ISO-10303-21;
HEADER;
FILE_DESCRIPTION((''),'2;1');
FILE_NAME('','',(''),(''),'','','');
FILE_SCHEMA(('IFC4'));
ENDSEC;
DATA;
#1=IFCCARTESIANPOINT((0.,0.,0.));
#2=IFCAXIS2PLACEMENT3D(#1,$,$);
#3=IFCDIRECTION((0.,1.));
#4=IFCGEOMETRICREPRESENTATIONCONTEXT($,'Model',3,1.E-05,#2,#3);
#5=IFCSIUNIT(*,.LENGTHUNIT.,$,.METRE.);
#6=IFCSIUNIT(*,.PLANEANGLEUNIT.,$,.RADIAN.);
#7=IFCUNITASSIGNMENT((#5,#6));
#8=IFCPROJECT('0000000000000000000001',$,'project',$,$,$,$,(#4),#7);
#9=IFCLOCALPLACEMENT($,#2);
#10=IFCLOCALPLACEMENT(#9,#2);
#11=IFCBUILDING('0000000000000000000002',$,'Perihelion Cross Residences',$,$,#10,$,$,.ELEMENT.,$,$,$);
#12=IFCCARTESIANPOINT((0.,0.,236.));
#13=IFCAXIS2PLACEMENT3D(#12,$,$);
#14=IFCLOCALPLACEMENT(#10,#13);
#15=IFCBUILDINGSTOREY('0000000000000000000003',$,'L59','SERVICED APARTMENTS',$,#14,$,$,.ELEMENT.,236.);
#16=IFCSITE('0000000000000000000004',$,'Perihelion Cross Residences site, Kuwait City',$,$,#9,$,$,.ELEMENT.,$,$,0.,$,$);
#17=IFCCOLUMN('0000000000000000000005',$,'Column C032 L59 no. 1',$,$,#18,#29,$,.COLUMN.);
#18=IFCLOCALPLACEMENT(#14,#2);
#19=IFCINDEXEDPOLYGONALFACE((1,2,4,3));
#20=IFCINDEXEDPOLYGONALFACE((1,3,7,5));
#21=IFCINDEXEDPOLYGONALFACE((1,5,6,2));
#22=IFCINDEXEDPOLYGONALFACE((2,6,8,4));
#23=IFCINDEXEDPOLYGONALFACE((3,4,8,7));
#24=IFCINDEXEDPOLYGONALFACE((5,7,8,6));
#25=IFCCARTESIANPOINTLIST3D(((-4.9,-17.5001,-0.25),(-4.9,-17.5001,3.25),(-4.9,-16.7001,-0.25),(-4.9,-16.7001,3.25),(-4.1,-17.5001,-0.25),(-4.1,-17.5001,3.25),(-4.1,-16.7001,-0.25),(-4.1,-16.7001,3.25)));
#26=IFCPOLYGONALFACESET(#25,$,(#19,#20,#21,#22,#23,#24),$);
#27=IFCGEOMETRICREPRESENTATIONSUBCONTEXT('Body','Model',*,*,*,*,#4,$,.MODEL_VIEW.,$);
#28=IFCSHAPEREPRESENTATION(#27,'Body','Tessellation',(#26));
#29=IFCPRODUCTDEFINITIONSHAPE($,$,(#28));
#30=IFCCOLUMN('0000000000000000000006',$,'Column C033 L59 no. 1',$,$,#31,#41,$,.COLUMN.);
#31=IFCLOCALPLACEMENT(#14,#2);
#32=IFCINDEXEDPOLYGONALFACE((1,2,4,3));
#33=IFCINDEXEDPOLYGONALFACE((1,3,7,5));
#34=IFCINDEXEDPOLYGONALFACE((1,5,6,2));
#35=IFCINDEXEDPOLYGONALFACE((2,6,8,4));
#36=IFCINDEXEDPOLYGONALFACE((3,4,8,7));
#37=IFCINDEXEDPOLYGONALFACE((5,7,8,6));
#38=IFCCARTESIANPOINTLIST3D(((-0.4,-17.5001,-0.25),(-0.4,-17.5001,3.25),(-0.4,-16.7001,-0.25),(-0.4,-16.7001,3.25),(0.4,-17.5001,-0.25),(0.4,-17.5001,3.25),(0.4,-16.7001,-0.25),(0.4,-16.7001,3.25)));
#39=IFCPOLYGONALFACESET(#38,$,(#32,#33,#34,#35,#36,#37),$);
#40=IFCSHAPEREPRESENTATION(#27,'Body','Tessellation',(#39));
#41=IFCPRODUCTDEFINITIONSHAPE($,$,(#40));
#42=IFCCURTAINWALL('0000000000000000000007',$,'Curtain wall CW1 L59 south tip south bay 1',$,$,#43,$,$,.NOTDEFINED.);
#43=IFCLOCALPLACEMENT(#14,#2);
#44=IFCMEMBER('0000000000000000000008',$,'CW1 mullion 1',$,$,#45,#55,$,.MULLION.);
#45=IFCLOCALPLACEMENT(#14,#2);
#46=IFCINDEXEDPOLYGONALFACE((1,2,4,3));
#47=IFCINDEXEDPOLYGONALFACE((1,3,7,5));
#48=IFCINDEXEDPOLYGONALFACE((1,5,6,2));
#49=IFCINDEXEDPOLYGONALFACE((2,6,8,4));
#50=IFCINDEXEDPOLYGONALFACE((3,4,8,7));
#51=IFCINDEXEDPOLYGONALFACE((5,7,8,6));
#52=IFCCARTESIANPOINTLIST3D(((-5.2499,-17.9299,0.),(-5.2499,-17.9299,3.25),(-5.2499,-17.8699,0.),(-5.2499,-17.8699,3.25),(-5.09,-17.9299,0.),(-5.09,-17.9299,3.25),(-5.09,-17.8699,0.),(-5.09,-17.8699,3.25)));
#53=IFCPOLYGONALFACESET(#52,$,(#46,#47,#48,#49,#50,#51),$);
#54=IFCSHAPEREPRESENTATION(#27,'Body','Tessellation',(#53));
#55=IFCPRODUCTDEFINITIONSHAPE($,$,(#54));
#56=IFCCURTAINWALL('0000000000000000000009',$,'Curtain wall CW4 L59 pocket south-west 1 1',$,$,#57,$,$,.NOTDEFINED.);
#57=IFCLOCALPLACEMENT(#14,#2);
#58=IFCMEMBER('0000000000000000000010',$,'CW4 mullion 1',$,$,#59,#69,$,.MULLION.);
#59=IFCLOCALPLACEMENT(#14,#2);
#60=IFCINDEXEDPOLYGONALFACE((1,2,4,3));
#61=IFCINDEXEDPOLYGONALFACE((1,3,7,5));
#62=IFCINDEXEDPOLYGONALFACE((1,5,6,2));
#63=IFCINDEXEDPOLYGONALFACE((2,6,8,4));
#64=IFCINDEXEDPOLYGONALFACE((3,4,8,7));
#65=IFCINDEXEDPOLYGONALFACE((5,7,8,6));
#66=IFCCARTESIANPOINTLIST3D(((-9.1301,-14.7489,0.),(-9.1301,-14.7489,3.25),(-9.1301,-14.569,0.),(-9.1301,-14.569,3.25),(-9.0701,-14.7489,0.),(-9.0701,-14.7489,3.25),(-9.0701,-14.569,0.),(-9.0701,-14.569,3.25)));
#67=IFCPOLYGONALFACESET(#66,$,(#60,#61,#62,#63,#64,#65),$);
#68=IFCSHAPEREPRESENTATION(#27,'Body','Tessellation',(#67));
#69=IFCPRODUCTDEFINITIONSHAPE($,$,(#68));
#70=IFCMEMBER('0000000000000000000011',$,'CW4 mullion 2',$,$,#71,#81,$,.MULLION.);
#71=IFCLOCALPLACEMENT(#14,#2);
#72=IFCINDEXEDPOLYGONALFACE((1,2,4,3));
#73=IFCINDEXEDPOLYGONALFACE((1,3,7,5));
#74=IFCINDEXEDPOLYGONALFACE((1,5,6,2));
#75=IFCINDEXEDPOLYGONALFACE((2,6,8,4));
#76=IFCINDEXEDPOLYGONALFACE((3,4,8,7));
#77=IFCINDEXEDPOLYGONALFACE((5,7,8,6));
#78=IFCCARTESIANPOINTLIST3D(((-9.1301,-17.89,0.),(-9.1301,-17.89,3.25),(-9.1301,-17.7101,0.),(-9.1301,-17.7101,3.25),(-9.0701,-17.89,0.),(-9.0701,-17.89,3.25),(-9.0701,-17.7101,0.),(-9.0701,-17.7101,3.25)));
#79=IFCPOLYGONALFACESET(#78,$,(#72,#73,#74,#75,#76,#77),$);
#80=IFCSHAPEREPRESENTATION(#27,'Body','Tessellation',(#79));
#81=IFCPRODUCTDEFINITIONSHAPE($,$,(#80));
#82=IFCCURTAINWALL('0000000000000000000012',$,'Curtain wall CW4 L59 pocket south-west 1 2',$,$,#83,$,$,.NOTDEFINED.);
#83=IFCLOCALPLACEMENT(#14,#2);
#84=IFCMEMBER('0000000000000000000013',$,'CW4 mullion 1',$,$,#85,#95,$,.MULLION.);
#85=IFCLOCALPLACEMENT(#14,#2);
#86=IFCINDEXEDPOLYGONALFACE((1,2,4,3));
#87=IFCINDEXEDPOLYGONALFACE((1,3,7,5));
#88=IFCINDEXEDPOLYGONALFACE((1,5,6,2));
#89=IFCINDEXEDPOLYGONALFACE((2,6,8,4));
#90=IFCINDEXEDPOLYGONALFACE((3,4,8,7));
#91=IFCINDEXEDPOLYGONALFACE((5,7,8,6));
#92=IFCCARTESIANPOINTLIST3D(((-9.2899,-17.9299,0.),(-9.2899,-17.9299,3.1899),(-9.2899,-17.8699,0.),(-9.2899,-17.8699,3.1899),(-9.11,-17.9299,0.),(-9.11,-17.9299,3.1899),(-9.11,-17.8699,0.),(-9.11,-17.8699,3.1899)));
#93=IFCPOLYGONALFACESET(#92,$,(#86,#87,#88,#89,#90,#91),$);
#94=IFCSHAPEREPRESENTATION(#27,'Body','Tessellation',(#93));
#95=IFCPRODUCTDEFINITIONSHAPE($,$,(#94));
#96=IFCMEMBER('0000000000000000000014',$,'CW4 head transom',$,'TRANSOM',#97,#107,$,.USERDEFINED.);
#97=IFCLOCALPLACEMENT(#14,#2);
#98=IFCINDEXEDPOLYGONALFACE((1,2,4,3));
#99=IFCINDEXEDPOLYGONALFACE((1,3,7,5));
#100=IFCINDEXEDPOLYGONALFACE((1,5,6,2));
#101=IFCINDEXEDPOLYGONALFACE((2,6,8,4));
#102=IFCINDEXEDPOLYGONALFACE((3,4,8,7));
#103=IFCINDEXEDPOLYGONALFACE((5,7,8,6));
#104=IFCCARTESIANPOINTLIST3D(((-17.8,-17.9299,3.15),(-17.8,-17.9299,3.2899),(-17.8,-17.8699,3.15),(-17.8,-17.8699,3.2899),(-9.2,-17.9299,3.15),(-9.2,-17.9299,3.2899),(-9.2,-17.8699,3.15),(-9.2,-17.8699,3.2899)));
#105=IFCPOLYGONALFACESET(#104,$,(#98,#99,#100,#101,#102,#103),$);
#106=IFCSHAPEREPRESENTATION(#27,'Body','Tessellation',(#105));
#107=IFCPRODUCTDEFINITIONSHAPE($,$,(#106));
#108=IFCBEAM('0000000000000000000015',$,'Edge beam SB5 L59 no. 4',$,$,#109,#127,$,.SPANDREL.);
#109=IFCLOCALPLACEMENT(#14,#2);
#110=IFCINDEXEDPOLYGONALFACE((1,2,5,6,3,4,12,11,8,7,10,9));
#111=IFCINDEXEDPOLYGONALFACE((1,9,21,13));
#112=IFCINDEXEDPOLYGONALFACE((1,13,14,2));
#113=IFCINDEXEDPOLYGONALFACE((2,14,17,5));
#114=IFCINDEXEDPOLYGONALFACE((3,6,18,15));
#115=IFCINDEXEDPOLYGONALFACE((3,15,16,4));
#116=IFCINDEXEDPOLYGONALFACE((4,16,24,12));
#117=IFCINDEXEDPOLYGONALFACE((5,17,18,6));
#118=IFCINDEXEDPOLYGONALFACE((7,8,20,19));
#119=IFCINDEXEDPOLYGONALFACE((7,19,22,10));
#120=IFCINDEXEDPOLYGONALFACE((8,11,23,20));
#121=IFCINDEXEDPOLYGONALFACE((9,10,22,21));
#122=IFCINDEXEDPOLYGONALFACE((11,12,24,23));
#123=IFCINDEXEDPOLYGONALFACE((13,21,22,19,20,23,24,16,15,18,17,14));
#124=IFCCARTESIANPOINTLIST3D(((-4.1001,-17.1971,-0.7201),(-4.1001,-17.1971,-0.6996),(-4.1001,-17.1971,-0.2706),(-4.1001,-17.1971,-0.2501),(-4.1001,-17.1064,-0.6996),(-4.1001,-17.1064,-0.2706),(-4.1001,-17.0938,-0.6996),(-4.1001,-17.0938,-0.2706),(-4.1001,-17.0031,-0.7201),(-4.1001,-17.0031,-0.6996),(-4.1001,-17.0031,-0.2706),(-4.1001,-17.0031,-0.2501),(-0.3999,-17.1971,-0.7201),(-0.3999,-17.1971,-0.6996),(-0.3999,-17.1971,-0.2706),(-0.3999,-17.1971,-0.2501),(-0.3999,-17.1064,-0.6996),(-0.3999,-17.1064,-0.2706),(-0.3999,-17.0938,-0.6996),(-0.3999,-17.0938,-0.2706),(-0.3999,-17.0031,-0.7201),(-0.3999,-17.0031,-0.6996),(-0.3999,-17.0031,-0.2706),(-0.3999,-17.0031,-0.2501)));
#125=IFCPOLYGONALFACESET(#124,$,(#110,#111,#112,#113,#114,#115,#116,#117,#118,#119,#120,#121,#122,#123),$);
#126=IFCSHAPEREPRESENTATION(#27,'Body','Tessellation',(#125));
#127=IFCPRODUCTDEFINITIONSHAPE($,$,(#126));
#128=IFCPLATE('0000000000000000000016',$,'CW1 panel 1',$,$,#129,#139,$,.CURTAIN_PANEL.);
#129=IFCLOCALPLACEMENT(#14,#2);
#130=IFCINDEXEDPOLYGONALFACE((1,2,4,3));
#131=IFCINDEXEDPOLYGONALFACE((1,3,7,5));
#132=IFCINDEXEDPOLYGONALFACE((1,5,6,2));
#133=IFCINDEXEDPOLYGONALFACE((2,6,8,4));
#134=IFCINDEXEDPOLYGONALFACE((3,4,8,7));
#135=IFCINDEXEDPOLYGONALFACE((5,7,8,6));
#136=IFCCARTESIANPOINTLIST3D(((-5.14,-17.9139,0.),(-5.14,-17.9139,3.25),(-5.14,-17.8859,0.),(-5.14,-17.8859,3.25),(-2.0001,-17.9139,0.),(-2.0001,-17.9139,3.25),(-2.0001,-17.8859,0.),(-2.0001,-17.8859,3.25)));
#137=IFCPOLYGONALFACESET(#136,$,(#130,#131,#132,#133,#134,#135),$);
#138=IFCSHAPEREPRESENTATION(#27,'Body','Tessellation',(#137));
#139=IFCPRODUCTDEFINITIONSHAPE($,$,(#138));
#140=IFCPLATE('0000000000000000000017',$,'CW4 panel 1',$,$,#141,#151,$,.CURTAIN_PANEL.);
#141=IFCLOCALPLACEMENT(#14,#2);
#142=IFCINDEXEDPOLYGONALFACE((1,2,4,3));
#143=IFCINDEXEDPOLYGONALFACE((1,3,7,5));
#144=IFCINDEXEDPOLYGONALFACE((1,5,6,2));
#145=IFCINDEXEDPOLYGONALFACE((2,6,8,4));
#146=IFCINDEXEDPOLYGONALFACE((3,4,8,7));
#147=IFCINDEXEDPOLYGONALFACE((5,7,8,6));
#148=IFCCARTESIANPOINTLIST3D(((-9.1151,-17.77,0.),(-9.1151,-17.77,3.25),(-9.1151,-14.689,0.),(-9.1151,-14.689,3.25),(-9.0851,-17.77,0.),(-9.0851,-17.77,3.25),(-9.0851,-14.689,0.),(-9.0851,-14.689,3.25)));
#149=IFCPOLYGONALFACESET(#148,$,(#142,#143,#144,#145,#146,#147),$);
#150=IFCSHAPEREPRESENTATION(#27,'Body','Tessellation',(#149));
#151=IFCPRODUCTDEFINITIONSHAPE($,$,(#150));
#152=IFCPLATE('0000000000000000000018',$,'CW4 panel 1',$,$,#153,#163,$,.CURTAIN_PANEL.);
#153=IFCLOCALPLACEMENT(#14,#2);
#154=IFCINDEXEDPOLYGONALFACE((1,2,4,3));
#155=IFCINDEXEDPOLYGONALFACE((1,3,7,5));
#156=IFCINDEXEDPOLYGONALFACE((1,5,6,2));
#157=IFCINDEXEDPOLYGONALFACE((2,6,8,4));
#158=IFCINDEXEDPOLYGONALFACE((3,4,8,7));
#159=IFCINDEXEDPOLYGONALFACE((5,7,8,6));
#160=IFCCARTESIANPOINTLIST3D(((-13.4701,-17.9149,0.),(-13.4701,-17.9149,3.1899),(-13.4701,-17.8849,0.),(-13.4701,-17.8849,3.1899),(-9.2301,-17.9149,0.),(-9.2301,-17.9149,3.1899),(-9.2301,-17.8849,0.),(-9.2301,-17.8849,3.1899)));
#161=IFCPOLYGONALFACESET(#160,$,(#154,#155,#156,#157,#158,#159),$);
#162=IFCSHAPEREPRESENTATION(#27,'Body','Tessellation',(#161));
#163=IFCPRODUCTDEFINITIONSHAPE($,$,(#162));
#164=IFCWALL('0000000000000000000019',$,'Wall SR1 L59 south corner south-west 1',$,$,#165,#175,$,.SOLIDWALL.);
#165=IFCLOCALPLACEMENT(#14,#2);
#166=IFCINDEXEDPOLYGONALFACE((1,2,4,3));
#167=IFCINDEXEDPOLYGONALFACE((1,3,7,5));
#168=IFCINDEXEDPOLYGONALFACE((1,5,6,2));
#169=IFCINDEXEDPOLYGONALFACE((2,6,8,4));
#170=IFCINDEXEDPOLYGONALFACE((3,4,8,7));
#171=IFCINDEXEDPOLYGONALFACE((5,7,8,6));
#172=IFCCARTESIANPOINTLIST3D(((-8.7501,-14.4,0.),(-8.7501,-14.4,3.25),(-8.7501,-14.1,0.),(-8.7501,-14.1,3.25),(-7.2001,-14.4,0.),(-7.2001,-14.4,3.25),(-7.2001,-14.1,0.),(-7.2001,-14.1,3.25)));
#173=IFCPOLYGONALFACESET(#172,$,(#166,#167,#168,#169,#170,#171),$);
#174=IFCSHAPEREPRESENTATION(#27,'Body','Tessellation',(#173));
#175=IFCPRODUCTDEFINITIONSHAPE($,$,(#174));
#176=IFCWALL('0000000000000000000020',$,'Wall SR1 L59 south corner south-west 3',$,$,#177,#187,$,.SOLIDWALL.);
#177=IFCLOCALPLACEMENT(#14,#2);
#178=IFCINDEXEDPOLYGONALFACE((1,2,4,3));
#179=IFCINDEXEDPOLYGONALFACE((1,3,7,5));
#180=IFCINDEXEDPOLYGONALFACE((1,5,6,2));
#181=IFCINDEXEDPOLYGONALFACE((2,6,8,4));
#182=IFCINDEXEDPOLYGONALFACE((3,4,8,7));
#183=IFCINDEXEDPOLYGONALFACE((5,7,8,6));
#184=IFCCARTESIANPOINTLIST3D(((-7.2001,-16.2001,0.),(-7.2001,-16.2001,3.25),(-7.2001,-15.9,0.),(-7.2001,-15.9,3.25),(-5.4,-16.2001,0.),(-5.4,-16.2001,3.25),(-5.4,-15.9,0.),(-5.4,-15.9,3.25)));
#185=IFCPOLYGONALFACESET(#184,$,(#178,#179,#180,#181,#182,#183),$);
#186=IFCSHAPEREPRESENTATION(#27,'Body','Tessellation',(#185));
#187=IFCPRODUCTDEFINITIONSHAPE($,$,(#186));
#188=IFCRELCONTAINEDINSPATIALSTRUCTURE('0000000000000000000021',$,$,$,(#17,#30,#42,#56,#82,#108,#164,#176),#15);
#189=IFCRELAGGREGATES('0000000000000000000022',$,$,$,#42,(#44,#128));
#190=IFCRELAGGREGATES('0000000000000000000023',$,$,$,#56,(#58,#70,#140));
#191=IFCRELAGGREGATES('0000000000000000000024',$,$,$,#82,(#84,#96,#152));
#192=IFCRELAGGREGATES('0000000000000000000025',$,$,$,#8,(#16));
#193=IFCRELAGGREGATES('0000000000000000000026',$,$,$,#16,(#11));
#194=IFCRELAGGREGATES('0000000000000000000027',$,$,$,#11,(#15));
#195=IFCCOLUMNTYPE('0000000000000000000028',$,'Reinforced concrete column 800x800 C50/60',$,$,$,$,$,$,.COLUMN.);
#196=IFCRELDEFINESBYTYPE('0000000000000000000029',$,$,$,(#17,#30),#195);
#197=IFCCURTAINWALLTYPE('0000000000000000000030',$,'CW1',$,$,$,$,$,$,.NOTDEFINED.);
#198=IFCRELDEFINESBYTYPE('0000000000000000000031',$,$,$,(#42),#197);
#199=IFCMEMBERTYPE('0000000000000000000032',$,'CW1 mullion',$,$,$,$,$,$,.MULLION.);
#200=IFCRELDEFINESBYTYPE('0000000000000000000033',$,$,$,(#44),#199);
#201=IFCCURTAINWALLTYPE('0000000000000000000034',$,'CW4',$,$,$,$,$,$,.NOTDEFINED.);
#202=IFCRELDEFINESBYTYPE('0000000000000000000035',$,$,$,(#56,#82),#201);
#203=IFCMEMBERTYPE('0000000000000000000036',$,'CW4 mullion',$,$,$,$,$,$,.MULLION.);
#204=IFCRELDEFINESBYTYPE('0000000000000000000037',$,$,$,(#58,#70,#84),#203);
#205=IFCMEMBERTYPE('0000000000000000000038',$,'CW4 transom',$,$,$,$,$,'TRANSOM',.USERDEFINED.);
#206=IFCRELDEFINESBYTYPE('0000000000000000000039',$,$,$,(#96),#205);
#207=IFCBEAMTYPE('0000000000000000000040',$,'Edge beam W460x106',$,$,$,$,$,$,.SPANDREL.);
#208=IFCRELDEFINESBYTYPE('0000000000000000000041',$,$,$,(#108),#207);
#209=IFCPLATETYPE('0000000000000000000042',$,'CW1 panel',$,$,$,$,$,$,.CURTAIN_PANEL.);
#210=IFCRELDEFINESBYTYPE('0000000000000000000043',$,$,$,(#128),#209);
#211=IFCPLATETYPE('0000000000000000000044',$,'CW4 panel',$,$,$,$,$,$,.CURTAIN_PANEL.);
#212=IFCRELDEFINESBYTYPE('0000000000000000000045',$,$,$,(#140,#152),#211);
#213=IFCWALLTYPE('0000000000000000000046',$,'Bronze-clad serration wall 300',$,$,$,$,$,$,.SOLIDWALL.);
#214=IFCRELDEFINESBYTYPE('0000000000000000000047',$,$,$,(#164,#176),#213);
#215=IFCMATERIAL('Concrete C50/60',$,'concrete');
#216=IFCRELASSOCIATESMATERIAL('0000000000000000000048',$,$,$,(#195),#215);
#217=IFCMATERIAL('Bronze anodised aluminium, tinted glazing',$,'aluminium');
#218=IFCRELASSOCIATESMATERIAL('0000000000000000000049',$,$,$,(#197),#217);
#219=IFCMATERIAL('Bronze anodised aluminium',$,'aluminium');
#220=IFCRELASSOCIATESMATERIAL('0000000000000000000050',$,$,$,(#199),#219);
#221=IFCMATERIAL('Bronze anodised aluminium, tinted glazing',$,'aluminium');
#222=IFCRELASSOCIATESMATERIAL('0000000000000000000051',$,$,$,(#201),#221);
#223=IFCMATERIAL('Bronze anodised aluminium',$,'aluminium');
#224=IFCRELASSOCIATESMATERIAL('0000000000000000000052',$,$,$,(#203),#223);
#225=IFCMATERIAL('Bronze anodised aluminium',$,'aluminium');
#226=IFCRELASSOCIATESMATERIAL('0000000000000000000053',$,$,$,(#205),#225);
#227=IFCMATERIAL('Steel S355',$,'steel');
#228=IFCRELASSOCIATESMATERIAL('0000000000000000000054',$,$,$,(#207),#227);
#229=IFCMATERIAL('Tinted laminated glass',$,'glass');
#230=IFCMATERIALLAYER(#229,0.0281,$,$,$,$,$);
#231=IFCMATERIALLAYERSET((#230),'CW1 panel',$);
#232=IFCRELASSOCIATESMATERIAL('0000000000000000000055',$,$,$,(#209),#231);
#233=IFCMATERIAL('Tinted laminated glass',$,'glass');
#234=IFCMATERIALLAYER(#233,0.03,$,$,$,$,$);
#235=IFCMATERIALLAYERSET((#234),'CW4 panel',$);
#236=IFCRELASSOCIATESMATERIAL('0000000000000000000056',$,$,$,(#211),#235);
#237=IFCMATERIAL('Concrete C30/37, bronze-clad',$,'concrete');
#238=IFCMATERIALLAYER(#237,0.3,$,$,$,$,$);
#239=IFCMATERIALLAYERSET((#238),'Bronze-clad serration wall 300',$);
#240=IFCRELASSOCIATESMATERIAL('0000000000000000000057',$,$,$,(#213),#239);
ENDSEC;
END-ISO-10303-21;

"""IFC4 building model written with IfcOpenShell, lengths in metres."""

from ifc_helpers import new_model, si_unit, direction, frame, frame_2d, origin, origin_2d, place, context, subcontext, project, spatial, rectangle, i_section, extrude, material, layer, layer_set, material_profile, profile_set, type_object, element, aggregate, save


model = new_model("IFC4")

# Units and contexts
model_context = context("Model", 3, precision=1e-05, world=origin(), true_north=direction((0.0, 1.0)))
body_context = subcontext(model_context, "Body", "Model", "MODEL_VIEW")
ifc_project = project(units=[si_unit("LENGTHUNIT", "METRE"), si_unit("PLANEANGLEUNIT", "RADIAN")], contexts=[model_context])

# Site, building, storey
site_placement = place(None, origin())
site = spatial("IfcSite", under=ifc_project, at=site_placement, Name="Perihelion Cross Residences site, Kuwait City", CompositionType="ELEMENT", RefElevation=0.0)
building_placement = place(site_placement, origin())
building = spatial("IfcBuilding", under=site, at=building_placement, Name="Perihelion Cross Residences", CompositionType="ELEMENT")
storey_placement = place(building_placement, frame((0.0, 0.0, 236.0)))
storey = spatial("IfcBuildingStorey", under=building, at=storey_placement, Name="L59", Description="SERVICED APARTMENTS", CompositionType="ELEMENT", Elevation=236.0)

# Columns
ifc_material_1 = material(Name="Concrete C50/60", Category="concrete")
ifc_material_profile_1 = material_profile(ifc_material_1, rectangle(XDim=0.8, YDim=0.8, at=origin_2d()), Name="RC 800x800")
ifc_profile_set_1 = profile_set([ifc_material_profile_1], Name="Concrete C50/60")
column_type = type_object("IfcColumnType", Name="Reinforced concrete column 800x800 C50/60", PredefinedType="COLUMN", material=ifc_profile_set_1)
for number, where, z_axis, x_axis, name in (
    (1, (-4.5, -17.1001, -0.25), (0.0, 0.0, 1.0), (1.0, 0.0, 0.0), "Column C032 L59 no. 1"),
    (2, (0.0, -17.1001, -0.25), (0.0, 0.0, 1.0), (1.0, 0.0, 0.0), "Column C033 L59 no. 1"),
):
    element("IfcColumn", number, at=place(storey_placement, frame(where, z_axis=z_axis, x_axis=x_axis)), inside=storey, type_object=column_type, Name=name, PredefinedType="COLUMN", context=body_context, shape_type="SweptSolid", body=[
        extrude(rectangle(XDim=0.8, YDim=0.8, at=origin_2d()), origin(), (0.0, 0.0, 1.0), 3.5),
    ])

# Curtain wall, member
ifc_material_2 = material(Name="Bronze anodised aluminium, tinted glazing", Category="aluminium")
curtain_wall_type_1 = type_object("IfcCurtainWallType", Name="CW1", PredefinedType="NOTDEFINED", material=ifc_material_2)
curtain_wall_1_placement = place(storey_placement, origin())
curtain_wall_1 = element("IfcCurtainWall", 3, at=curtain_wall_1_placement, inside=storey, type_object=curtain_wall_type_1, Name="Curtain wall CW1 L59 south tip south bay 1", PredefinedType="NOTDEFINED")
ifc_material_3 = material(Name="Bronze anodised aluminium", Category="aluminium")
ifc_material_profile_2 = material_profile(ifc_material_3, rectangle(XDim=0.0601, YDim=0.1599, at=origin_2d()), Name="CW1 mullion")
ifc_profile_set_2 = profile_set([ifc_material_profile_2], Name="Bronze anodised aluminium")
member_type_1 = type_object("IfcMemberType", Name="CW1 mullion", PredefinedType="MULLION", material=ifc_profile_set_2)
member_1_placement = place(storey_placement, frame((-5.1699, -17.8999, 0.0), z_axis=(0.0, 0.0, 1.0), x_axis=(0.0, 1.0, 0.0)))
member_1 = element("IfcMember", 4, at=member_1_placement, type_object=member_type_1, Name="CW1 mullion 1", PredefinedType="MULLION", context=body_context, shape_type="SweptSolid", body=[
    extrude(rectangle(XDim=0.0601, YDim=0.1599, at=origin_2d()), origin(), (0.0, 0.0, 1.0), 3.25),
])

# Curtain walls, members
ifc_material_4 = material(Name="Bronze anodised aluminium, tinted glazing", Category="aluminium")
curtain_wall_type_2 = type_object("IfcCurtainWallType", Name="CW4", PredefinedType="NOTDEFINED", material=ifc_material_4)
curtain_wall_2_placement = place(storey_placement, origin())
curtain_wall_2 = element("IfcCurtainWall", 5, at=curtain_wall_2_placement, inside=storey, type_object=curtain_wall_type_2, Name="Curtain wall CW4 L59 pocket south-west 1 1", PredefinedType="NOTDEFINED")
ifc_material_5 = material(Name="Bronze anodised aluminium", Category="aluminium")
ifc_material_profile_3 = material_profile(ifc_material_5, rectangle(XDim=0.0601, YDim=0.1799, at=origin_2d()), Name="CW4 mullion")
ifc_profile_set_3 = profile_set([ifc_material_profile_3], Name="Bronze anodised aluminium")
member_type_2 = type_object("IfcMemberType", Name="CW4 mullion", PredefinedType="MULLION", material=ifc_profile_set_3)
member_2_placement = place(storey_placement, frame((-9.1001, -14.6589, 0.0), z_axis=(0.0, 0.0, 1.0), x_axis=(1.0, 0.0, 0.0)))
member_2 = element("IfcMember", 6, at=member_2_placement, type_object=member_type_2, Name="CW4 mullion 1", PredefinedType="MULLION", context=body_context, shape_type="SweptSolid", body=[
    extrude(rectangle(XDim=0.0601, YDim=0.1799, at=origin_2d()), origin(), (0.0, 0.0, 1.0), 3.25),
])
member_3_placement = place(storey_placement, frame((-9.1001, -17.8, 0.0), z_axis=(0.0, 0.0, 1.0), x_axis=(1.0, 0.0, 0.0)))
member_3 = element("IfcMember", 7, at=member_3_placement, type_object=member_type_2, Name="CW4 mullion 2", PredefinedType="MULLION", context=body_context, shape_type="SweptSolid", body=[
    extrude(rectangle(XDim=0.0601, YDim=0.1799, at=origin_2d()), origin(), (0.0, 0.0, 1.0), 3.25),
])
curtain_wall_3_placement = place(storey_placement, origin())
curtain_wall_3 = element("IfcCurtainWall", 8, at=curtain_wall_3_placement, inside=storey, type_object=curtain_wall_type_2, Name="Curtain wall CW4 L59 pocket south-west 1 2", PredefinedType="NOTDEFINED")
member_4_placement = place(storey_placement, frame((-9.2, -17.8999, 0.0), z_axis=(0.0, 0.0, 1.0), x_axis=(0.0, -1.0, 0.0)))
member_4 = element("IfcMember", 9, at=member_4_placement, type_object=member_type_2, Name="CW4 mullion 1", PredefinedType="MULLION", context=body_context, shape_type="SweptSolid", body=[
    extrude(rectangle(XDim=0.0601, YDim=0.1799, at=origin_2d()), origin(), (0.0, 0.0, 1.0), 3.1899),
])
ifc_material_6 = material(Name="Bronze anodised aluminium", Category="aluminium")
ifc_material_profile_4 = material_profile(ifc_material_6, rectangle(XDim=0.0601, YDim=0.1399, at=origin_2d()), Name="CW4 transom")
ifc_profile_set_4 = profile_set([ifc_material_profile_4], Name="Bronze anodised aluminium")
member_type_3 = type_object("IfcMemberType", Name="CW4 transom", ElementType="TRANSOM", PredefinedType="USERDEFINED", material=ifc_profile_set_4)
member_5_placement = place(storey_placement, frame((-9.2, -17.8999, 3.22), z_axis=(-1.0, 0.0, 0.0), x_axis=(0.0, -1.0, 0.0)))
member_5 = element("IfcMember", 10, at=member_5_placement, type_object=member_type_3, Name="CW4 head transom", ObjectType="TRANSOM", PredefinedType="USERDEFINED", context=body_context, shape_type="SweptSolid", body=[
    extrude(rectangle(XDim=0.0601, YDim=0.1399, at=origin_2d()), origin(), (0.0, 0.0, 1.0), 8.6001),
])

# Beam
ifc_material_7 = material(Name="Steel S355", Category="steel")
ifc_material_profile_5 = material_profile(ifc_material_7, i_section(OverallWidth=0.1941, OverallDepth=0.47, WebThickness=0.0127, FlangeThickness=0.0205, at=origin_2d()), Name="W460x106")
ifc_profile_set_5 = profile_set([ifc_material_profile_5], Name="Steel S355")
beam_type = type_object("IfcBeamType", Name="Edge beam W460x106", PredefinedType="SPANDREL", material=ifc_profile_set_5)
beam_placement = place(storey_placement, frame((-4.1001, -17.1001, -0.4851), z_axis=(1.0, 0.0, 0.0), x_axis=(0.0, 1.0, 0.0)))
element("IfcBeam", 11, at=beam_placement, inside=storey, type_object=beam_type, Name="Edge beam SB5 L59 no. 4", PredefinedType="SPANDREL", context=body_context, shape_type="SweptSolid", body=[
    extrude(i_section(OverallWidth=0.1941, OverallDepth=0.47, WebThickness=0.0127, FlangeThickness=0.0205, at=origin_2d()), origin(), (0.0, 0.0, 1.0), 3.7002),
])

# Plates
ifc_material_8 = material(Name="Tinted laminated glass", Category="glass")
ifc_layer_1 = layer(ifc_material_8, 0.0281)
ifc_layer_set_1 = layer_set([ifc_layer_1], Name="CW1 panel")
plate_type_1 = type_object("IfcPlateType", Name="CW1 panel", PredefinedType="CURTAIN_PANEL", material=ifc_layer_set_1)
plate_1_placement = place(storey_placement, frame((-3.5701, -17.8999, 0.0), z_axis=(0.0, 0.0, 1.0), x_axis=(1.0, 0.0, 0.0)))
plate_1 = element("IfcPlate", 12, at=plate_1_placement, type_object=plate_type_1, Name="CW1 panel 1", PredefinedType="CURTAIN_PANEL", context=body_context, shape_type="SweptSolid", body=[
    extrude(rectangle(XDim=3.1399, YDim=0.0281, at=origin_2d()), origin(), (0.0, 0.0, 1.0), 3.25),
])
aggregate(curtain_wall_1, [member_1, plate_1])
ifc_material_9 = material(Name="Tinted laminated glass", Category="glass")
ifc_layer_2 = layer(ifc_material_9, 0.03)
ifc_layer_set_2 = layer_set([ifc_layer_2], Name="CW4 panel")
plate_type_2 = type_object("IfcPlateType", Name="CW4 panel", PredefinedType="CURTAIN_PANEL", material=ifc_layer_set_2)
plate_2_placement = place(storey_placement, frame((-9.1001, -16.2295, 0.0), z_axis=(0.0, 0.0, 1.0), x_axis=(0.0, -1.0, 0.0)))
plate_2 = element("IfcPlate", 13, at=plate_2_placement, type_object=plate_type_2, Name="CW4 panel 1", PredefinedType="CURTAIN_PANEL", context=body_context, shape_type="SweptSolid", body=[
    extrude(rectangle(XDim=3.0811, YDim=0.03, at=origin_2d()), origin(), (0.0, 0.0, 1.0), 3.25),
])
aggregate(curtain_wall_2, [member_2, member_3, plate_2])
plate_3_placement = place(storey_placement, frame((-11.3501, -17.8999, 0.0), z_axis=(0.0, 0.0, 1.0), x_axis=(-1.0, 0.0, 0.0)))
plate_3 = element("IfcPlate", 14, at=plate_3_placement, type_object=plate_type_2, Name="CW4 panel 1", PredefinedType="CURTAIN_PANEL", context=body_context, shape_type="SweptSolid", body=[
    extrude(rectangle(XDim=4.24, YDim=0.03, at=origin_2d()), origin(), (0.0, 0.0, 1.0), 3.1899),
])
aggregate(curtain_wall_3, [member_4, member_5, plate_3])

# Walls
ifc_material_10 = material(Name="Concrete C30/37, bronze-clad", Category="concrete")
ifc_layer_3 = layer(ifc_material_10, 0.3)
ifc_layer_set_3 = layer_set([ifc_layer_3], Name="Bronze-clad serration wall 300")
wall_type_1 = type_object("IfcWallType", Name="Bronze-clad serration wall 300", PredefinedType="SOLIDWALL", material=ifc_layer_set_3)
wall_1_placement = place(storey_placement, frame((-8.75, -14.25, 0.0), z_axis=(0.0, 0.0, 1.0), x_axis=(1.0, 0.0, 0.0)))
element("IfcWall", 15, at=wall_1_placement, inside=storey, type_object=wall_type_1, Name="Wall SR1 L59 south corner south-west 1", PredefinedType="SOLIDWALL", context=body_context, shape_type="SweptSolid", body=[
    extrude(rectangle(XDim=1.55, YDim=0.3, at=frame_2d((0.7749, 0.0))), origin(), (0.0, 0.0, 1.0), 3.25),
])
wall_2_placement = place(storey_placement, frame((-7.2, -16.05, 0.0), z_axis=(0.0, 0.0, 1.0), x_axis=(1.0, 0.0, 0.0)))
element("IfcWall", 16, at=wall_2_placement, inside=storey, type_object=wall_type_1, Name="Wall SR1 L59 south corner south-west 3", PredefinedType="SOLIDWALL", context=body_context, shape_type="SweptSolid", body=[
    extrude(rectangle(XDim=1.8, YDim=0.3, at=frame_2d((0.8999, 0.0))), origin(), (0.0, 0.0, 1.0), 3.25),
])

save(model, "model.ifc")
